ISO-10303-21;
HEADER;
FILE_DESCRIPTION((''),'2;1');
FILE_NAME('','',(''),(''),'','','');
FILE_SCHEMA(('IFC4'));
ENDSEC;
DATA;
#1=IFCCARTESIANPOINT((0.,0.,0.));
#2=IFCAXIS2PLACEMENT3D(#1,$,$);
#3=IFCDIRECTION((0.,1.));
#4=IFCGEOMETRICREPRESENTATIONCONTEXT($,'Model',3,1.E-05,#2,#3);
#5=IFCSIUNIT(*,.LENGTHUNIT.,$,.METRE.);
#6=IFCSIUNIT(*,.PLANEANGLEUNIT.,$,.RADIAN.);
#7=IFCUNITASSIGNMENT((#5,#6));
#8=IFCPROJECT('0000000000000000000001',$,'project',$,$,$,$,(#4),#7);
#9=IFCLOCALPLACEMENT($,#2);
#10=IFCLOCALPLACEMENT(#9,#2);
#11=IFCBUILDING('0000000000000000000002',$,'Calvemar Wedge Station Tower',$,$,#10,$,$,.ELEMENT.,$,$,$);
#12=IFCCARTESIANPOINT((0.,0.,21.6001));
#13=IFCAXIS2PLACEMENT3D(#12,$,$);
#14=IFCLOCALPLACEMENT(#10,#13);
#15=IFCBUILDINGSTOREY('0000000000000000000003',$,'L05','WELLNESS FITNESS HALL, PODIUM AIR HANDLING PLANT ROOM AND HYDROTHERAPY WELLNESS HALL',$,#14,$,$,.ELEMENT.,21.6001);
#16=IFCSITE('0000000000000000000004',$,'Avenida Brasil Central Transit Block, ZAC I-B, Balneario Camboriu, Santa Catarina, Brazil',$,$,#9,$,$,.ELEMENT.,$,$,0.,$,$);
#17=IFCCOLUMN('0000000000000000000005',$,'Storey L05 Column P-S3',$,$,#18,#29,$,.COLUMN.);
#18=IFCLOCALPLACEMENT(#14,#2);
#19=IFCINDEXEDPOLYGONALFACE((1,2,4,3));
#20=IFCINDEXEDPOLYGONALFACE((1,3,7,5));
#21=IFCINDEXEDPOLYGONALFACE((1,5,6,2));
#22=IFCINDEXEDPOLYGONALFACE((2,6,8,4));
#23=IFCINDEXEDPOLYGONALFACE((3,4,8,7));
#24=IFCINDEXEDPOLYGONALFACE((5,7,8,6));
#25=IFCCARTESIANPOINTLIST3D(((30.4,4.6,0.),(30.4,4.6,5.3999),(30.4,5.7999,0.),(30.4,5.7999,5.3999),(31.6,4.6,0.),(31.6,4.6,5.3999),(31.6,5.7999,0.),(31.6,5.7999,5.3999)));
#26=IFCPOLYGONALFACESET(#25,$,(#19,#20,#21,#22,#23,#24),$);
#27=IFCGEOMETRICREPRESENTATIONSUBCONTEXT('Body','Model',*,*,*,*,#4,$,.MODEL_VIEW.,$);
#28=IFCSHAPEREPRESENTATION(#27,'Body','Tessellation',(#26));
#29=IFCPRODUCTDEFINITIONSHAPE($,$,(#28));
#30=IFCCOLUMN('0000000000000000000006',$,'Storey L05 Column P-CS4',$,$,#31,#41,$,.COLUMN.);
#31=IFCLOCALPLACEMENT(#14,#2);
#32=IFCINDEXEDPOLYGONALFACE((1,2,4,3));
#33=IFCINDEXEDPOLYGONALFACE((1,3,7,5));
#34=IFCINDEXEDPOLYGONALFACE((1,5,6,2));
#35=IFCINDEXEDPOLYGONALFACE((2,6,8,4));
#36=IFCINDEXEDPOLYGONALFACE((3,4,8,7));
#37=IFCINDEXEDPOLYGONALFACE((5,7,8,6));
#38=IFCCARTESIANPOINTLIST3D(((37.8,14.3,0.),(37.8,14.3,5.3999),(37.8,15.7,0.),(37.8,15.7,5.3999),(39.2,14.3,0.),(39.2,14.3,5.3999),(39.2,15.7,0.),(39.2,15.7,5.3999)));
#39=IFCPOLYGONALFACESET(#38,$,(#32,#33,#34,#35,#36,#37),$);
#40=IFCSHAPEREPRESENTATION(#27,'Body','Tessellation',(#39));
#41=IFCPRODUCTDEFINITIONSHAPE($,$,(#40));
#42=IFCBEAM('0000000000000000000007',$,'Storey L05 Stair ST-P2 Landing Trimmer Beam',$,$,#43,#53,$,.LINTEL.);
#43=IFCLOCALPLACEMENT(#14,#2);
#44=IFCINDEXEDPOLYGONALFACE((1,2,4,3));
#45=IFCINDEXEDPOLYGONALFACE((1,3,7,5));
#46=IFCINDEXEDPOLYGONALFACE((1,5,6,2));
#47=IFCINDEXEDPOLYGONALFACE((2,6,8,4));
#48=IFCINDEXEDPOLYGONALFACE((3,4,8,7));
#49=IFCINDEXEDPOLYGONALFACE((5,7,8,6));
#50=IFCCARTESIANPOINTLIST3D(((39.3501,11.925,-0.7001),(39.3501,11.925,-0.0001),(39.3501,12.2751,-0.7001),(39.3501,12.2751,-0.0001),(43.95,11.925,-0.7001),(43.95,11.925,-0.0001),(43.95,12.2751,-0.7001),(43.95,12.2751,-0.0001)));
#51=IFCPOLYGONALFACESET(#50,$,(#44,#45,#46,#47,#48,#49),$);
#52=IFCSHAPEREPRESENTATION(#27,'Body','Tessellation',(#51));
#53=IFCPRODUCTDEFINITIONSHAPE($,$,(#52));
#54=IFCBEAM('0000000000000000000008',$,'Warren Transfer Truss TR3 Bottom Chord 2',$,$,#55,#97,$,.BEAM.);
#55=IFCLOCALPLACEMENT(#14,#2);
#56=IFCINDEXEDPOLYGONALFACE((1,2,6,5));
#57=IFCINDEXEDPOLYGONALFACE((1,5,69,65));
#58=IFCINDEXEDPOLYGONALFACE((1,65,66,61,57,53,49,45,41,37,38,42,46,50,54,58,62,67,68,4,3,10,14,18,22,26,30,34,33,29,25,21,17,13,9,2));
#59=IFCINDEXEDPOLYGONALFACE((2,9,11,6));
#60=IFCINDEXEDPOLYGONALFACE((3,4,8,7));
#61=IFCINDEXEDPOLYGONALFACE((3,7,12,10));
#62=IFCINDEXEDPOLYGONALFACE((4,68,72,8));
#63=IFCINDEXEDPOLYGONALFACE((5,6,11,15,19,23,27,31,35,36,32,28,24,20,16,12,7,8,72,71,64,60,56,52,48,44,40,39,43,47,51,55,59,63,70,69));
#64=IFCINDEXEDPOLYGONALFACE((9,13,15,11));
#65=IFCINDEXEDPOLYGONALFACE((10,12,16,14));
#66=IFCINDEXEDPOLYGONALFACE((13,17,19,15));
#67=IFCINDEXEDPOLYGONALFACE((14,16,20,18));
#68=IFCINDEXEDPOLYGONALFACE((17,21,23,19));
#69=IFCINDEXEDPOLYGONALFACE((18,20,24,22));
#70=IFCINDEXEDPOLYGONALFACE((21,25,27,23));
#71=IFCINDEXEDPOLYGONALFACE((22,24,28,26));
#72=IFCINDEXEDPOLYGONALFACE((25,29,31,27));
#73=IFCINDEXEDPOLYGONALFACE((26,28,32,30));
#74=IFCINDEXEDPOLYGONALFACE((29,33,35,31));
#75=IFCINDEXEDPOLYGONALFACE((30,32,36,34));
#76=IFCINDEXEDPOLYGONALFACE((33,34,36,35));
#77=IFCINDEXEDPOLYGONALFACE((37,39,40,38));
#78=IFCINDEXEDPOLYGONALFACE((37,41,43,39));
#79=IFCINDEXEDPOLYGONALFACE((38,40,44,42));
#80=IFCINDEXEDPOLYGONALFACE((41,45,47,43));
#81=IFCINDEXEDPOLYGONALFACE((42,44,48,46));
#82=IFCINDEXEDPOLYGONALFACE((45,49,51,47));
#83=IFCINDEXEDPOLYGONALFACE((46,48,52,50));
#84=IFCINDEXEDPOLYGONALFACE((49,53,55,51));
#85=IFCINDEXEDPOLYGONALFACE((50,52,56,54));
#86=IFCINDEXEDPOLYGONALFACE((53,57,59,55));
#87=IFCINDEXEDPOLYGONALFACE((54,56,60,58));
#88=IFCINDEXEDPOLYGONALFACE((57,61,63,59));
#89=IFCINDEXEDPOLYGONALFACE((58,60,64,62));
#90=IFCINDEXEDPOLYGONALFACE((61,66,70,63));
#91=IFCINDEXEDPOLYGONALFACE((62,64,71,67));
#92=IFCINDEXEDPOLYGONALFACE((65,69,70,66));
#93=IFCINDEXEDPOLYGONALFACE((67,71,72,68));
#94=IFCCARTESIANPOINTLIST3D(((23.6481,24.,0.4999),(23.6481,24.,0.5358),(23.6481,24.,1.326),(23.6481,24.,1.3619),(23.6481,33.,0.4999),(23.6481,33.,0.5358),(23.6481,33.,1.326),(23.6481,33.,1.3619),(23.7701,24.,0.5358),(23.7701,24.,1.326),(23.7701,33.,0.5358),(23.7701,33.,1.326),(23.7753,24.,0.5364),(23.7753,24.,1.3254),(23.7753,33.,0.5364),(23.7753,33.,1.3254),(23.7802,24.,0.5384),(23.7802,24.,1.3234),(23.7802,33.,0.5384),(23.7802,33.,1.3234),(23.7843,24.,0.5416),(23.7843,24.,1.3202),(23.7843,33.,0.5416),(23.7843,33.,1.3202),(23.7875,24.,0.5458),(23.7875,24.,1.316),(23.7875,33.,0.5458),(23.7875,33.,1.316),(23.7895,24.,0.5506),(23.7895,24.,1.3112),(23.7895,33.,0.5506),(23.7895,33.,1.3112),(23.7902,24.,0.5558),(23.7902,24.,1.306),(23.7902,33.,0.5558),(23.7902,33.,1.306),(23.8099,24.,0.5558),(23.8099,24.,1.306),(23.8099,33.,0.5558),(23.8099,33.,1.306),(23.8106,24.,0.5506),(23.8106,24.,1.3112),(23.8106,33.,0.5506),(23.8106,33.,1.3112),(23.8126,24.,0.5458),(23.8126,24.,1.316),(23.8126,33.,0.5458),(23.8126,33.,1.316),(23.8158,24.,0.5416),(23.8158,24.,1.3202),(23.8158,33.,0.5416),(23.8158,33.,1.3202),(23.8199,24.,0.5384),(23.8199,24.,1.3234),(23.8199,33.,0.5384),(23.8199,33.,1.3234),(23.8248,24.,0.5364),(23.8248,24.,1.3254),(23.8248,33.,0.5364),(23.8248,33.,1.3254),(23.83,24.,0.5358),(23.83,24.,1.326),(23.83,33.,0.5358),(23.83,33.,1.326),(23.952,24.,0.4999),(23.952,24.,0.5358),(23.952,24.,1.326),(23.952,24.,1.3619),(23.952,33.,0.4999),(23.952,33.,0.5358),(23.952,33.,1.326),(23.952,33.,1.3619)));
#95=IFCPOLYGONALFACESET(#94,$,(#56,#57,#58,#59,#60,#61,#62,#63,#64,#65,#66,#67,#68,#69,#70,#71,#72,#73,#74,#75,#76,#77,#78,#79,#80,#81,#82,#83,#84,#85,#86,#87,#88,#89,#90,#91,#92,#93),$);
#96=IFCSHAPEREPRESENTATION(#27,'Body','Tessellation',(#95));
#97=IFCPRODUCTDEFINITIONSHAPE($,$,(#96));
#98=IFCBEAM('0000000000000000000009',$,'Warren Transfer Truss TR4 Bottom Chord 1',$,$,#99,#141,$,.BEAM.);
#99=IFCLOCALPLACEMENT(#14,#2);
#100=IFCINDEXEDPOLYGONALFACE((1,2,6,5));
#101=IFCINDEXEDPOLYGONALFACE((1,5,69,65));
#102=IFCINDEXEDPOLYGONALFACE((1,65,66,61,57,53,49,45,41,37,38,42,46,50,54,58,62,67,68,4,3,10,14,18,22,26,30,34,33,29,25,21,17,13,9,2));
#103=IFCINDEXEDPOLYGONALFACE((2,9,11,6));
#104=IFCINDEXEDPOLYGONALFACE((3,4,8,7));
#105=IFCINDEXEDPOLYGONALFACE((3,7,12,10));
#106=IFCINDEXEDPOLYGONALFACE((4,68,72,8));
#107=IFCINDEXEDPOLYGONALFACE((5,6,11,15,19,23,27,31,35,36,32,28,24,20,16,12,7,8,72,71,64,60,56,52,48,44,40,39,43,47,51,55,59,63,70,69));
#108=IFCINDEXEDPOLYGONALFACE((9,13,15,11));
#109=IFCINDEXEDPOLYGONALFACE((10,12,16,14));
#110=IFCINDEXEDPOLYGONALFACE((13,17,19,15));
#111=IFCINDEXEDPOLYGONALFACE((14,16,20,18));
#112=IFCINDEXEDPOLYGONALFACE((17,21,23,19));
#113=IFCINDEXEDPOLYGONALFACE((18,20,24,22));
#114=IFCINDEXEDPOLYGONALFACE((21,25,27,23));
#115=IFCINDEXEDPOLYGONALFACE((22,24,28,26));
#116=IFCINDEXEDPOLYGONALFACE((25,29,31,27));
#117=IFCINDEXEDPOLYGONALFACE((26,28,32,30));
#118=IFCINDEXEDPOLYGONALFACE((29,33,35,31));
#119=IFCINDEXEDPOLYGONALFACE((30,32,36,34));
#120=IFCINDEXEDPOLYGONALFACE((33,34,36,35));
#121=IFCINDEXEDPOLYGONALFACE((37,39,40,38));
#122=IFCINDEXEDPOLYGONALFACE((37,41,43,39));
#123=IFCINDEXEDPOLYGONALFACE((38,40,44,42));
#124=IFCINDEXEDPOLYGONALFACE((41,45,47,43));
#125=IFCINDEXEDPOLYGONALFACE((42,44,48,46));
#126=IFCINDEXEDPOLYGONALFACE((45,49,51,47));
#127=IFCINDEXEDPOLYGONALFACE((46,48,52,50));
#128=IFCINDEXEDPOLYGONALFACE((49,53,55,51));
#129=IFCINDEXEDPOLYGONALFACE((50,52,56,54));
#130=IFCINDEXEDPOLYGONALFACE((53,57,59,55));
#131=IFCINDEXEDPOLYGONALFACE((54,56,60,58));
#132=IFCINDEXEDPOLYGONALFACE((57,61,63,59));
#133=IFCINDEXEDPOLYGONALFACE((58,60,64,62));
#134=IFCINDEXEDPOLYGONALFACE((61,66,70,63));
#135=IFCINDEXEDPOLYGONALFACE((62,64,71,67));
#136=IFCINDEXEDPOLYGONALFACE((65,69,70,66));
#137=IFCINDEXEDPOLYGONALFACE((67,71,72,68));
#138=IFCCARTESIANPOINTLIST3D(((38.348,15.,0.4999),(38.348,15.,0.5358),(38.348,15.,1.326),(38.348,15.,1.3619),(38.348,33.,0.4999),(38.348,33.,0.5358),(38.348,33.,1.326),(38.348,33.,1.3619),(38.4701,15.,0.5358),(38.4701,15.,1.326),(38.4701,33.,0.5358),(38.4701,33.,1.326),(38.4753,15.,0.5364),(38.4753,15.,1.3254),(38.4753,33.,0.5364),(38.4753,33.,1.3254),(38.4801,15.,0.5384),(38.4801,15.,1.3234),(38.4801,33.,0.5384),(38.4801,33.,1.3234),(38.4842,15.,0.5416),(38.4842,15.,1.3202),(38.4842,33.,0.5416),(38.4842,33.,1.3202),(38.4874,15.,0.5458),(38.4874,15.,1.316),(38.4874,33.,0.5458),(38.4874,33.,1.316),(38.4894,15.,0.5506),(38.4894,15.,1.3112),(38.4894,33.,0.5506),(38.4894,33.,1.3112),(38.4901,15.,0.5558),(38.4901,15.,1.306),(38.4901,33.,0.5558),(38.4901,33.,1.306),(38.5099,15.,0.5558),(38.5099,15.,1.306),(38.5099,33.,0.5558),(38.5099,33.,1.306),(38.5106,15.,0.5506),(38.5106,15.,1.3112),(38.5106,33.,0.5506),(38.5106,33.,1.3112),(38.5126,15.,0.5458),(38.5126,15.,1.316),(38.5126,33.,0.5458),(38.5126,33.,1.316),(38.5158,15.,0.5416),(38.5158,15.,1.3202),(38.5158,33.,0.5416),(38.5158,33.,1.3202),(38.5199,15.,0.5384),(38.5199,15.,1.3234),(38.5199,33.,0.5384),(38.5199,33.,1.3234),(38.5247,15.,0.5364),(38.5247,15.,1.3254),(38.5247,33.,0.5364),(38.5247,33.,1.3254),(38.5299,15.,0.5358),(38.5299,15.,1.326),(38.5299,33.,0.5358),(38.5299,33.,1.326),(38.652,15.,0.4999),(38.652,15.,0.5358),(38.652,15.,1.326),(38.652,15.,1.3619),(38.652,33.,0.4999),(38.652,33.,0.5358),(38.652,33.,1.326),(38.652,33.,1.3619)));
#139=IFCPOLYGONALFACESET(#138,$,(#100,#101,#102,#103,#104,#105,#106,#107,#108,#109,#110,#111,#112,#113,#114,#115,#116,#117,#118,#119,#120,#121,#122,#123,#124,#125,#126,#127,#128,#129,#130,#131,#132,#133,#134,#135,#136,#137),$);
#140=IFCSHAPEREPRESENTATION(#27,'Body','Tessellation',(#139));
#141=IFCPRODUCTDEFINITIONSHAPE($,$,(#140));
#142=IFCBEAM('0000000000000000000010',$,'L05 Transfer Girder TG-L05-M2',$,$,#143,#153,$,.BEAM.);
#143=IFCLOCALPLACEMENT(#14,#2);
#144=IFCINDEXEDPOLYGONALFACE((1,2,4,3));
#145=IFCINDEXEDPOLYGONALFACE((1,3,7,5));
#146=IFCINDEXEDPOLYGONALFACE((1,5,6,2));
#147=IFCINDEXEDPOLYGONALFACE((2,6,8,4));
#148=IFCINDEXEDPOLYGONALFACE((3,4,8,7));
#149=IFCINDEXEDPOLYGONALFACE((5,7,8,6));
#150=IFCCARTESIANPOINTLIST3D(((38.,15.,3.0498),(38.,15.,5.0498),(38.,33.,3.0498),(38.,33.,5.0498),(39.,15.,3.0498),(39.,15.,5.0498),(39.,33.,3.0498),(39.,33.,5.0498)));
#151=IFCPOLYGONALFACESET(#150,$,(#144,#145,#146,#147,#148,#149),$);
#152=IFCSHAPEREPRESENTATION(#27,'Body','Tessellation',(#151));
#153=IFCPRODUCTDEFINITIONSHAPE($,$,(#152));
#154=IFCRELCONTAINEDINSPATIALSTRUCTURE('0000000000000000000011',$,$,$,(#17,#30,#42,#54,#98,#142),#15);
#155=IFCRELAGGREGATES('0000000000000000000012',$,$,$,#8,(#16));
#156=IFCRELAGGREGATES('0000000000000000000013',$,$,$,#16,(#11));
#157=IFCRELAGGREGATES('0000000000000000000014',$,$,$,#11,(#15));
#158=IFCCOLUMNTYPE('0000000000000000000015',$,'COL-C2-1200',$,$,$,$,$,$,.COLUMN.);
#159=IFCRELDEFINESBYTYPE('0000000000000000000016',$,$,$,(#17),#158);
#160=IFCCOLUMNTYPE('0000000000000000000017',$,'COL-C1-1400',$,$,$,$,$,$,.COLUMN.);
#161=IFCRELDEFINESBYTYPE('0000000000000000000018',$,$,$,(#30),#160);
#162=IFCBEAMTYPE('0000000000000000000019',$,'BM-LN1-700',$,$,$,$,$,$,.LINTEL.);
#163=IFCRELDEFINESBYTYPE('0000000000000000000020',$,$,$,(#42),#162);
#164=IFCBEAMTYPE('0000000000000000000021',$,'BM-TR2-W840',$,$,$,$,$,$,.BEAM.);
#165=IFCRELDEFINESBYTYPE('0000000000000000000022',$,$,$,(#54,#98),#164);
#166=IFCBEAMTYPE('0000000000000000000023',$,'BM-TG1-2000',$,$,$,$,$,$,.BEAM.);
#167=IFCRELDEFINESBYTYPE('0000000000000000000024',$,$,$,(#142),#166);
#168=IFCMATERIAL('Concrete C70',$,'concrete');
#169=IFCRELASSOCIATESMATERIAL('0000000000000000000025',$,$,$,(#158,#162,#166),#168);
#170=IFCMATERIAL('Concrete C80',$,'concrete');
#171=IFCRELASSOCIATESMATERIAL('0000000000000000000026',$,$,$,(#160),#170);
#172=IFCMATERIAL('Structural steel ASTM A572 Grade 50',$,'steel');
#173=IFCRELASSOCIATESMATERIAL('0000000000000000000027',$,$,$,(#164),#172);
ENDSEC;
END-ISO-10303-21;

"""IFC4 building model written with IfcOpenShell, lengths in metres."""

from ifc_helpers import new_model, si_unit, direction, frame, origin, origin_2d, place, context, subcontext, project, spatial, rectangle, i_section, extrude, source, transform, mapped, material, material_profile, profile_set, type_object, element, save


model = new_model("IFC4")

# Units and contexts
model_context = context("Model", 3, precision=1e-05, world=origin(), true_north=direction((0.0, 1.0)))
body_context = subcontext(model_context, "Body", "Model", "MODEL_VIEW")
ifc_project = project(units=[si_unit("LENGTHUNIT", "METRE"), si_unit("PLANEANGLEUNIT", "RADIAN")], contexts=[model_context])

# Site, building, storey
site_placement = place(None, origin())
site = spatial("IfcSite", under=ifc_project, at=site_placement, Name="Avenida Brasil Central Transit Block, ZAC I-B, Balneario Camboriu, Santa Catarina, Brazil", CompositionType="ELEMENT", RefElevation=0.0)
building_placement = place(site_placement, origin())
building = spatial("IfcBuilding", under=site, at=building_placement, Name="Calvemar Wedge Station Tower", CompositionType="ELEMENT")
storey_placement = place(building_placement, frame((0.0, 0.0, 21.6001)))
storey = spatial("IfcBuildingStorey", under=building, at=storey_placement, Name="L05", Description="WELLNESS FITNESS HALL, PODIUM AIR HANDLING PLANT ROOM AND HYDROTHERAPY WELLNESS HALL", CompositionType="ELEMENT", Elevation=21.6001)

# Columns
ifc_material_1 = material(Name="Concrete C70", Category="concrete")
ifc_material_profile_1 = material_profile(ifc_material_1, rectangle(XDim=1.2, YDim=1.2, at=origin_2d()), Name="RC1200x1200")
ifc_profile_set_1 = profile_set([ifc_material_profile_1], Name="Concrete C70")
column_type_1 = type_object("IfcColumnType", Name="COL-C2-1200", PredefinedType="COLUMN", material=ifc_profile_set_1)
shared_shape_1 = source(origin(), body_context, "Body", "SweptSolid", [
    extrude(rectangle(XDim=1.2, YDim=1.2, at=origin_2d()), origin(), (0.0, 0.0, 1.0), 5.3999),
])
column_1_placement = place(storey_placement, frame((31.0, 5.2, 0.0), z_axis=(0.0, 0.0, 1.0), x_axis=(1.0, 0.0, 0.0)))
element("IfcColumn", 1, at=column_1_placement, inside=storey, type_object=column_type_1, Name="Storey L05 Column P-S3", PredefinedType="COLUMN", context=body_context, shape_type="MappedRepresentation", body=[
    mapped(shared_shape_1, transform((0.0, 0.0, 0.0), scale=1.0)),
])
ifc_material_2 = material(Name="Concrete C80", Category="concrete")
ifc_material_profile_2 = material_profile(ifc_material_2, rectangle(XDim=1.3999, YDim=1.3999, at=origin_2d()), Name="RC1400x1400")
ifc_profile_set_2 = profile_set([ifc_material_profile_2], Name="Concrete C80")
column_type_2 = type_object("IfcColumnType", Name="COL-C1-1400", PredefinedType="COLUMN", material=ifc_profile_set_2)
shared_shape_2 = source(origin(), body_context, "Body", "SweptSolid", [
    extrude(rectangle(XDim=1.3999, YDim=1.3999, at=origin_2d()), origin(), (0.0, 0.0, 1.0), 5.3999),
])
column_2_placement = place(storey_placement, frame((38.5, 15.0, 0.0), z_axis=(0.0, 0.0, 1.0), x_axis=(1.0, 0.0, 0.0)))
element("IfcColumn", 2, at=column_2_placement, inside=storey, type_object=column_type_2, Name="Storey L05 Column P-CS4", PredefinedType="COLUMN", context=body_context, shape_type="MappedRepresentation", body=[
    mapped(shared_shape_2, transform((0.0, 0.0, 0.0), scale=1.0)),
])

# Beams
ifc_material_profile_3 = material_profile(ifc_material_1, rectangle(XDim=0.3501, YDim=0.7, at=origin_2d()), Name="RC350x700")
ifc_profile_set_3 = profile_set([ifc_material_profile_3], Name="Concrete C70")
beam_type_1 = type_object("IfcBeamType", Name="BM-LN1-700", PredefinedType="LINTEL", material=ifc_profile_set_3)
shared_shape_3 = source(origin(), body_context, "Body", "SweptSolid", [
    extrude(rectangle(XDim=0.3501, YDim=0.7, at=origin_2d()), origin(), (0.0, 0.0, 1.0), 4.5999),
])
beam_1_placement = place(storey_placement, frame((39.3501, 12.1001, -0.3501), z_axis=(1.0, 0.0, 0.0), x_axis=(0.0, 1.0, 0.0)))
element("IfcBeam", 3, at=beam_1_placement, inside=storey, type_object=beam_type_1, Name="Storey L05 Stair ST-P2 Landing Trimmer Beam", PredefinedType="LINTEL", context=body_context, shape_type="MappedRepresentation", body=[
    mapped(shared_shape_3, transform((0.0, 0.0, 0.0), scale=1.0)),
])
ifc_material_3 = material(Name="Structural steel ASTM A572 Grade 50", Category="steel")
ifc_material_profile_4 = material_profile(ifc_material_3, i_section(OverallWidth=0.304, OverallDepth=0.8621, WebThickness=0.0198, FlangeThickness=0.0359, FilletRadius=0.02, at=origin_2d()), Name="W840x329")
ifc_profile_set_4 = profile_set([ifc_material_profile_4], Name="Structural steel ASTM A572 Grade 50")
beam_type_2 = type_object("IfcBeamType", Name="BM-TR2-W840", PredefinedType="BEAM", material=ifc_profile_set_4)
shared_shape_4 = source(origin(), body_context, "Body", "SweptSolid", [
    extrude(i_section(OverallWidth=0.304, OverallDepth=0.8621, WebThickness=0.0198, FlangeThickness=0.0359, FilletRadius=0.02, at=origin_2d()), origin(), (0.0, 0.0, 1.0), 9.0),
])
beam_2_placement = place(storey_placement, frame((23.8, 24.0, 0.9309), z_axis=(0.0, 1.0, 0.0), x_axis=(-1.0, 0.0, 0.0)))
element("IfcBeam", 4, at=beam_2_placement, inside=storey, type_object=beam_type_2, Name="Warren Transfer Truss TR3 Bottom Chord 2", PredefinedType="BEAM", context=body_context, shape_type="MappedRepresentation", body=[
    mapped(shared_shape_4, transform((0.0, 0.0, 0.0), scale=1.0)),
])
shared_shape_5 = source(origin(), body_context, "Body", "SweptSolid", [
    extrude(i_section(OverallWidth=0.304, OverallDepth=0.8621, WebThickness=0.0198, FlangeThickness=0.0359, FilletRadius=0.02, at=origin_2d()), origin(), (0.0, 0.0, 1.0), 18.0),
])
beam_3_placement = place(storey_placement, frame((38.5, 15.0, 0.9309), z_axis=(0.0, 1.0, 0.0), x_axis=(-1.0, 0.0, 0.0)))
element("IfcBeam", 5, at=beam_3_placement, inside=storey, type_object=beam_type_2, Name="Warren Transfer Truss TR4 Bottom Chord 1", PredefinedType="BEAM", context=body_context, shape_type="MappedRepresentation", body=[
    mapped(shared_shape_5, transform((0.0, 0.0, 0.0), scale=1.0)),
])
ifc_material_profile_5 = material_profile(ifc_material_1, rectangle(XDim=1.0, YDim=2.0, at=origin_2d()), Name="RC1000x2000")
ifc_profile_set_5 = profile_set([ifc_material_profile_5], Name="Concrete C70")
beam_type_3 = type_object("IfcBeamType", Name="BM-TG1-2000", PredefinedType="BEAM", material=ifc_profile_set_5)
shared_shape_6 = source(origin(), body_context, "Body", "SweptSolid", [
    extrude(rectangle(XDim=1.0, YDim=2.0, at=origin_2d()), origin(), (0.0, 0.0, 1.0), 18.0),
])
beam_4_placement = place(storey_placement, frame((38.5, 15.0, 4.0498), z_axis=(0.0, 1.0, 0.0), x_axis=(-1.0, 0.0, 0.0)))
element("IfcBeam", 6, at=beam_4_placement, inside=storey, type_object=beam_type_3, Name="L05 Transfer Girder TG-L05-M2", PredefinedType="BEAM", context=body_context, shape_type="MappedRepresentation", body=[
    mapped(shared_shape_6, transform((0.0, 0.0, 0.0), scale=1.0)),
])

save(model, "model.ifc")
